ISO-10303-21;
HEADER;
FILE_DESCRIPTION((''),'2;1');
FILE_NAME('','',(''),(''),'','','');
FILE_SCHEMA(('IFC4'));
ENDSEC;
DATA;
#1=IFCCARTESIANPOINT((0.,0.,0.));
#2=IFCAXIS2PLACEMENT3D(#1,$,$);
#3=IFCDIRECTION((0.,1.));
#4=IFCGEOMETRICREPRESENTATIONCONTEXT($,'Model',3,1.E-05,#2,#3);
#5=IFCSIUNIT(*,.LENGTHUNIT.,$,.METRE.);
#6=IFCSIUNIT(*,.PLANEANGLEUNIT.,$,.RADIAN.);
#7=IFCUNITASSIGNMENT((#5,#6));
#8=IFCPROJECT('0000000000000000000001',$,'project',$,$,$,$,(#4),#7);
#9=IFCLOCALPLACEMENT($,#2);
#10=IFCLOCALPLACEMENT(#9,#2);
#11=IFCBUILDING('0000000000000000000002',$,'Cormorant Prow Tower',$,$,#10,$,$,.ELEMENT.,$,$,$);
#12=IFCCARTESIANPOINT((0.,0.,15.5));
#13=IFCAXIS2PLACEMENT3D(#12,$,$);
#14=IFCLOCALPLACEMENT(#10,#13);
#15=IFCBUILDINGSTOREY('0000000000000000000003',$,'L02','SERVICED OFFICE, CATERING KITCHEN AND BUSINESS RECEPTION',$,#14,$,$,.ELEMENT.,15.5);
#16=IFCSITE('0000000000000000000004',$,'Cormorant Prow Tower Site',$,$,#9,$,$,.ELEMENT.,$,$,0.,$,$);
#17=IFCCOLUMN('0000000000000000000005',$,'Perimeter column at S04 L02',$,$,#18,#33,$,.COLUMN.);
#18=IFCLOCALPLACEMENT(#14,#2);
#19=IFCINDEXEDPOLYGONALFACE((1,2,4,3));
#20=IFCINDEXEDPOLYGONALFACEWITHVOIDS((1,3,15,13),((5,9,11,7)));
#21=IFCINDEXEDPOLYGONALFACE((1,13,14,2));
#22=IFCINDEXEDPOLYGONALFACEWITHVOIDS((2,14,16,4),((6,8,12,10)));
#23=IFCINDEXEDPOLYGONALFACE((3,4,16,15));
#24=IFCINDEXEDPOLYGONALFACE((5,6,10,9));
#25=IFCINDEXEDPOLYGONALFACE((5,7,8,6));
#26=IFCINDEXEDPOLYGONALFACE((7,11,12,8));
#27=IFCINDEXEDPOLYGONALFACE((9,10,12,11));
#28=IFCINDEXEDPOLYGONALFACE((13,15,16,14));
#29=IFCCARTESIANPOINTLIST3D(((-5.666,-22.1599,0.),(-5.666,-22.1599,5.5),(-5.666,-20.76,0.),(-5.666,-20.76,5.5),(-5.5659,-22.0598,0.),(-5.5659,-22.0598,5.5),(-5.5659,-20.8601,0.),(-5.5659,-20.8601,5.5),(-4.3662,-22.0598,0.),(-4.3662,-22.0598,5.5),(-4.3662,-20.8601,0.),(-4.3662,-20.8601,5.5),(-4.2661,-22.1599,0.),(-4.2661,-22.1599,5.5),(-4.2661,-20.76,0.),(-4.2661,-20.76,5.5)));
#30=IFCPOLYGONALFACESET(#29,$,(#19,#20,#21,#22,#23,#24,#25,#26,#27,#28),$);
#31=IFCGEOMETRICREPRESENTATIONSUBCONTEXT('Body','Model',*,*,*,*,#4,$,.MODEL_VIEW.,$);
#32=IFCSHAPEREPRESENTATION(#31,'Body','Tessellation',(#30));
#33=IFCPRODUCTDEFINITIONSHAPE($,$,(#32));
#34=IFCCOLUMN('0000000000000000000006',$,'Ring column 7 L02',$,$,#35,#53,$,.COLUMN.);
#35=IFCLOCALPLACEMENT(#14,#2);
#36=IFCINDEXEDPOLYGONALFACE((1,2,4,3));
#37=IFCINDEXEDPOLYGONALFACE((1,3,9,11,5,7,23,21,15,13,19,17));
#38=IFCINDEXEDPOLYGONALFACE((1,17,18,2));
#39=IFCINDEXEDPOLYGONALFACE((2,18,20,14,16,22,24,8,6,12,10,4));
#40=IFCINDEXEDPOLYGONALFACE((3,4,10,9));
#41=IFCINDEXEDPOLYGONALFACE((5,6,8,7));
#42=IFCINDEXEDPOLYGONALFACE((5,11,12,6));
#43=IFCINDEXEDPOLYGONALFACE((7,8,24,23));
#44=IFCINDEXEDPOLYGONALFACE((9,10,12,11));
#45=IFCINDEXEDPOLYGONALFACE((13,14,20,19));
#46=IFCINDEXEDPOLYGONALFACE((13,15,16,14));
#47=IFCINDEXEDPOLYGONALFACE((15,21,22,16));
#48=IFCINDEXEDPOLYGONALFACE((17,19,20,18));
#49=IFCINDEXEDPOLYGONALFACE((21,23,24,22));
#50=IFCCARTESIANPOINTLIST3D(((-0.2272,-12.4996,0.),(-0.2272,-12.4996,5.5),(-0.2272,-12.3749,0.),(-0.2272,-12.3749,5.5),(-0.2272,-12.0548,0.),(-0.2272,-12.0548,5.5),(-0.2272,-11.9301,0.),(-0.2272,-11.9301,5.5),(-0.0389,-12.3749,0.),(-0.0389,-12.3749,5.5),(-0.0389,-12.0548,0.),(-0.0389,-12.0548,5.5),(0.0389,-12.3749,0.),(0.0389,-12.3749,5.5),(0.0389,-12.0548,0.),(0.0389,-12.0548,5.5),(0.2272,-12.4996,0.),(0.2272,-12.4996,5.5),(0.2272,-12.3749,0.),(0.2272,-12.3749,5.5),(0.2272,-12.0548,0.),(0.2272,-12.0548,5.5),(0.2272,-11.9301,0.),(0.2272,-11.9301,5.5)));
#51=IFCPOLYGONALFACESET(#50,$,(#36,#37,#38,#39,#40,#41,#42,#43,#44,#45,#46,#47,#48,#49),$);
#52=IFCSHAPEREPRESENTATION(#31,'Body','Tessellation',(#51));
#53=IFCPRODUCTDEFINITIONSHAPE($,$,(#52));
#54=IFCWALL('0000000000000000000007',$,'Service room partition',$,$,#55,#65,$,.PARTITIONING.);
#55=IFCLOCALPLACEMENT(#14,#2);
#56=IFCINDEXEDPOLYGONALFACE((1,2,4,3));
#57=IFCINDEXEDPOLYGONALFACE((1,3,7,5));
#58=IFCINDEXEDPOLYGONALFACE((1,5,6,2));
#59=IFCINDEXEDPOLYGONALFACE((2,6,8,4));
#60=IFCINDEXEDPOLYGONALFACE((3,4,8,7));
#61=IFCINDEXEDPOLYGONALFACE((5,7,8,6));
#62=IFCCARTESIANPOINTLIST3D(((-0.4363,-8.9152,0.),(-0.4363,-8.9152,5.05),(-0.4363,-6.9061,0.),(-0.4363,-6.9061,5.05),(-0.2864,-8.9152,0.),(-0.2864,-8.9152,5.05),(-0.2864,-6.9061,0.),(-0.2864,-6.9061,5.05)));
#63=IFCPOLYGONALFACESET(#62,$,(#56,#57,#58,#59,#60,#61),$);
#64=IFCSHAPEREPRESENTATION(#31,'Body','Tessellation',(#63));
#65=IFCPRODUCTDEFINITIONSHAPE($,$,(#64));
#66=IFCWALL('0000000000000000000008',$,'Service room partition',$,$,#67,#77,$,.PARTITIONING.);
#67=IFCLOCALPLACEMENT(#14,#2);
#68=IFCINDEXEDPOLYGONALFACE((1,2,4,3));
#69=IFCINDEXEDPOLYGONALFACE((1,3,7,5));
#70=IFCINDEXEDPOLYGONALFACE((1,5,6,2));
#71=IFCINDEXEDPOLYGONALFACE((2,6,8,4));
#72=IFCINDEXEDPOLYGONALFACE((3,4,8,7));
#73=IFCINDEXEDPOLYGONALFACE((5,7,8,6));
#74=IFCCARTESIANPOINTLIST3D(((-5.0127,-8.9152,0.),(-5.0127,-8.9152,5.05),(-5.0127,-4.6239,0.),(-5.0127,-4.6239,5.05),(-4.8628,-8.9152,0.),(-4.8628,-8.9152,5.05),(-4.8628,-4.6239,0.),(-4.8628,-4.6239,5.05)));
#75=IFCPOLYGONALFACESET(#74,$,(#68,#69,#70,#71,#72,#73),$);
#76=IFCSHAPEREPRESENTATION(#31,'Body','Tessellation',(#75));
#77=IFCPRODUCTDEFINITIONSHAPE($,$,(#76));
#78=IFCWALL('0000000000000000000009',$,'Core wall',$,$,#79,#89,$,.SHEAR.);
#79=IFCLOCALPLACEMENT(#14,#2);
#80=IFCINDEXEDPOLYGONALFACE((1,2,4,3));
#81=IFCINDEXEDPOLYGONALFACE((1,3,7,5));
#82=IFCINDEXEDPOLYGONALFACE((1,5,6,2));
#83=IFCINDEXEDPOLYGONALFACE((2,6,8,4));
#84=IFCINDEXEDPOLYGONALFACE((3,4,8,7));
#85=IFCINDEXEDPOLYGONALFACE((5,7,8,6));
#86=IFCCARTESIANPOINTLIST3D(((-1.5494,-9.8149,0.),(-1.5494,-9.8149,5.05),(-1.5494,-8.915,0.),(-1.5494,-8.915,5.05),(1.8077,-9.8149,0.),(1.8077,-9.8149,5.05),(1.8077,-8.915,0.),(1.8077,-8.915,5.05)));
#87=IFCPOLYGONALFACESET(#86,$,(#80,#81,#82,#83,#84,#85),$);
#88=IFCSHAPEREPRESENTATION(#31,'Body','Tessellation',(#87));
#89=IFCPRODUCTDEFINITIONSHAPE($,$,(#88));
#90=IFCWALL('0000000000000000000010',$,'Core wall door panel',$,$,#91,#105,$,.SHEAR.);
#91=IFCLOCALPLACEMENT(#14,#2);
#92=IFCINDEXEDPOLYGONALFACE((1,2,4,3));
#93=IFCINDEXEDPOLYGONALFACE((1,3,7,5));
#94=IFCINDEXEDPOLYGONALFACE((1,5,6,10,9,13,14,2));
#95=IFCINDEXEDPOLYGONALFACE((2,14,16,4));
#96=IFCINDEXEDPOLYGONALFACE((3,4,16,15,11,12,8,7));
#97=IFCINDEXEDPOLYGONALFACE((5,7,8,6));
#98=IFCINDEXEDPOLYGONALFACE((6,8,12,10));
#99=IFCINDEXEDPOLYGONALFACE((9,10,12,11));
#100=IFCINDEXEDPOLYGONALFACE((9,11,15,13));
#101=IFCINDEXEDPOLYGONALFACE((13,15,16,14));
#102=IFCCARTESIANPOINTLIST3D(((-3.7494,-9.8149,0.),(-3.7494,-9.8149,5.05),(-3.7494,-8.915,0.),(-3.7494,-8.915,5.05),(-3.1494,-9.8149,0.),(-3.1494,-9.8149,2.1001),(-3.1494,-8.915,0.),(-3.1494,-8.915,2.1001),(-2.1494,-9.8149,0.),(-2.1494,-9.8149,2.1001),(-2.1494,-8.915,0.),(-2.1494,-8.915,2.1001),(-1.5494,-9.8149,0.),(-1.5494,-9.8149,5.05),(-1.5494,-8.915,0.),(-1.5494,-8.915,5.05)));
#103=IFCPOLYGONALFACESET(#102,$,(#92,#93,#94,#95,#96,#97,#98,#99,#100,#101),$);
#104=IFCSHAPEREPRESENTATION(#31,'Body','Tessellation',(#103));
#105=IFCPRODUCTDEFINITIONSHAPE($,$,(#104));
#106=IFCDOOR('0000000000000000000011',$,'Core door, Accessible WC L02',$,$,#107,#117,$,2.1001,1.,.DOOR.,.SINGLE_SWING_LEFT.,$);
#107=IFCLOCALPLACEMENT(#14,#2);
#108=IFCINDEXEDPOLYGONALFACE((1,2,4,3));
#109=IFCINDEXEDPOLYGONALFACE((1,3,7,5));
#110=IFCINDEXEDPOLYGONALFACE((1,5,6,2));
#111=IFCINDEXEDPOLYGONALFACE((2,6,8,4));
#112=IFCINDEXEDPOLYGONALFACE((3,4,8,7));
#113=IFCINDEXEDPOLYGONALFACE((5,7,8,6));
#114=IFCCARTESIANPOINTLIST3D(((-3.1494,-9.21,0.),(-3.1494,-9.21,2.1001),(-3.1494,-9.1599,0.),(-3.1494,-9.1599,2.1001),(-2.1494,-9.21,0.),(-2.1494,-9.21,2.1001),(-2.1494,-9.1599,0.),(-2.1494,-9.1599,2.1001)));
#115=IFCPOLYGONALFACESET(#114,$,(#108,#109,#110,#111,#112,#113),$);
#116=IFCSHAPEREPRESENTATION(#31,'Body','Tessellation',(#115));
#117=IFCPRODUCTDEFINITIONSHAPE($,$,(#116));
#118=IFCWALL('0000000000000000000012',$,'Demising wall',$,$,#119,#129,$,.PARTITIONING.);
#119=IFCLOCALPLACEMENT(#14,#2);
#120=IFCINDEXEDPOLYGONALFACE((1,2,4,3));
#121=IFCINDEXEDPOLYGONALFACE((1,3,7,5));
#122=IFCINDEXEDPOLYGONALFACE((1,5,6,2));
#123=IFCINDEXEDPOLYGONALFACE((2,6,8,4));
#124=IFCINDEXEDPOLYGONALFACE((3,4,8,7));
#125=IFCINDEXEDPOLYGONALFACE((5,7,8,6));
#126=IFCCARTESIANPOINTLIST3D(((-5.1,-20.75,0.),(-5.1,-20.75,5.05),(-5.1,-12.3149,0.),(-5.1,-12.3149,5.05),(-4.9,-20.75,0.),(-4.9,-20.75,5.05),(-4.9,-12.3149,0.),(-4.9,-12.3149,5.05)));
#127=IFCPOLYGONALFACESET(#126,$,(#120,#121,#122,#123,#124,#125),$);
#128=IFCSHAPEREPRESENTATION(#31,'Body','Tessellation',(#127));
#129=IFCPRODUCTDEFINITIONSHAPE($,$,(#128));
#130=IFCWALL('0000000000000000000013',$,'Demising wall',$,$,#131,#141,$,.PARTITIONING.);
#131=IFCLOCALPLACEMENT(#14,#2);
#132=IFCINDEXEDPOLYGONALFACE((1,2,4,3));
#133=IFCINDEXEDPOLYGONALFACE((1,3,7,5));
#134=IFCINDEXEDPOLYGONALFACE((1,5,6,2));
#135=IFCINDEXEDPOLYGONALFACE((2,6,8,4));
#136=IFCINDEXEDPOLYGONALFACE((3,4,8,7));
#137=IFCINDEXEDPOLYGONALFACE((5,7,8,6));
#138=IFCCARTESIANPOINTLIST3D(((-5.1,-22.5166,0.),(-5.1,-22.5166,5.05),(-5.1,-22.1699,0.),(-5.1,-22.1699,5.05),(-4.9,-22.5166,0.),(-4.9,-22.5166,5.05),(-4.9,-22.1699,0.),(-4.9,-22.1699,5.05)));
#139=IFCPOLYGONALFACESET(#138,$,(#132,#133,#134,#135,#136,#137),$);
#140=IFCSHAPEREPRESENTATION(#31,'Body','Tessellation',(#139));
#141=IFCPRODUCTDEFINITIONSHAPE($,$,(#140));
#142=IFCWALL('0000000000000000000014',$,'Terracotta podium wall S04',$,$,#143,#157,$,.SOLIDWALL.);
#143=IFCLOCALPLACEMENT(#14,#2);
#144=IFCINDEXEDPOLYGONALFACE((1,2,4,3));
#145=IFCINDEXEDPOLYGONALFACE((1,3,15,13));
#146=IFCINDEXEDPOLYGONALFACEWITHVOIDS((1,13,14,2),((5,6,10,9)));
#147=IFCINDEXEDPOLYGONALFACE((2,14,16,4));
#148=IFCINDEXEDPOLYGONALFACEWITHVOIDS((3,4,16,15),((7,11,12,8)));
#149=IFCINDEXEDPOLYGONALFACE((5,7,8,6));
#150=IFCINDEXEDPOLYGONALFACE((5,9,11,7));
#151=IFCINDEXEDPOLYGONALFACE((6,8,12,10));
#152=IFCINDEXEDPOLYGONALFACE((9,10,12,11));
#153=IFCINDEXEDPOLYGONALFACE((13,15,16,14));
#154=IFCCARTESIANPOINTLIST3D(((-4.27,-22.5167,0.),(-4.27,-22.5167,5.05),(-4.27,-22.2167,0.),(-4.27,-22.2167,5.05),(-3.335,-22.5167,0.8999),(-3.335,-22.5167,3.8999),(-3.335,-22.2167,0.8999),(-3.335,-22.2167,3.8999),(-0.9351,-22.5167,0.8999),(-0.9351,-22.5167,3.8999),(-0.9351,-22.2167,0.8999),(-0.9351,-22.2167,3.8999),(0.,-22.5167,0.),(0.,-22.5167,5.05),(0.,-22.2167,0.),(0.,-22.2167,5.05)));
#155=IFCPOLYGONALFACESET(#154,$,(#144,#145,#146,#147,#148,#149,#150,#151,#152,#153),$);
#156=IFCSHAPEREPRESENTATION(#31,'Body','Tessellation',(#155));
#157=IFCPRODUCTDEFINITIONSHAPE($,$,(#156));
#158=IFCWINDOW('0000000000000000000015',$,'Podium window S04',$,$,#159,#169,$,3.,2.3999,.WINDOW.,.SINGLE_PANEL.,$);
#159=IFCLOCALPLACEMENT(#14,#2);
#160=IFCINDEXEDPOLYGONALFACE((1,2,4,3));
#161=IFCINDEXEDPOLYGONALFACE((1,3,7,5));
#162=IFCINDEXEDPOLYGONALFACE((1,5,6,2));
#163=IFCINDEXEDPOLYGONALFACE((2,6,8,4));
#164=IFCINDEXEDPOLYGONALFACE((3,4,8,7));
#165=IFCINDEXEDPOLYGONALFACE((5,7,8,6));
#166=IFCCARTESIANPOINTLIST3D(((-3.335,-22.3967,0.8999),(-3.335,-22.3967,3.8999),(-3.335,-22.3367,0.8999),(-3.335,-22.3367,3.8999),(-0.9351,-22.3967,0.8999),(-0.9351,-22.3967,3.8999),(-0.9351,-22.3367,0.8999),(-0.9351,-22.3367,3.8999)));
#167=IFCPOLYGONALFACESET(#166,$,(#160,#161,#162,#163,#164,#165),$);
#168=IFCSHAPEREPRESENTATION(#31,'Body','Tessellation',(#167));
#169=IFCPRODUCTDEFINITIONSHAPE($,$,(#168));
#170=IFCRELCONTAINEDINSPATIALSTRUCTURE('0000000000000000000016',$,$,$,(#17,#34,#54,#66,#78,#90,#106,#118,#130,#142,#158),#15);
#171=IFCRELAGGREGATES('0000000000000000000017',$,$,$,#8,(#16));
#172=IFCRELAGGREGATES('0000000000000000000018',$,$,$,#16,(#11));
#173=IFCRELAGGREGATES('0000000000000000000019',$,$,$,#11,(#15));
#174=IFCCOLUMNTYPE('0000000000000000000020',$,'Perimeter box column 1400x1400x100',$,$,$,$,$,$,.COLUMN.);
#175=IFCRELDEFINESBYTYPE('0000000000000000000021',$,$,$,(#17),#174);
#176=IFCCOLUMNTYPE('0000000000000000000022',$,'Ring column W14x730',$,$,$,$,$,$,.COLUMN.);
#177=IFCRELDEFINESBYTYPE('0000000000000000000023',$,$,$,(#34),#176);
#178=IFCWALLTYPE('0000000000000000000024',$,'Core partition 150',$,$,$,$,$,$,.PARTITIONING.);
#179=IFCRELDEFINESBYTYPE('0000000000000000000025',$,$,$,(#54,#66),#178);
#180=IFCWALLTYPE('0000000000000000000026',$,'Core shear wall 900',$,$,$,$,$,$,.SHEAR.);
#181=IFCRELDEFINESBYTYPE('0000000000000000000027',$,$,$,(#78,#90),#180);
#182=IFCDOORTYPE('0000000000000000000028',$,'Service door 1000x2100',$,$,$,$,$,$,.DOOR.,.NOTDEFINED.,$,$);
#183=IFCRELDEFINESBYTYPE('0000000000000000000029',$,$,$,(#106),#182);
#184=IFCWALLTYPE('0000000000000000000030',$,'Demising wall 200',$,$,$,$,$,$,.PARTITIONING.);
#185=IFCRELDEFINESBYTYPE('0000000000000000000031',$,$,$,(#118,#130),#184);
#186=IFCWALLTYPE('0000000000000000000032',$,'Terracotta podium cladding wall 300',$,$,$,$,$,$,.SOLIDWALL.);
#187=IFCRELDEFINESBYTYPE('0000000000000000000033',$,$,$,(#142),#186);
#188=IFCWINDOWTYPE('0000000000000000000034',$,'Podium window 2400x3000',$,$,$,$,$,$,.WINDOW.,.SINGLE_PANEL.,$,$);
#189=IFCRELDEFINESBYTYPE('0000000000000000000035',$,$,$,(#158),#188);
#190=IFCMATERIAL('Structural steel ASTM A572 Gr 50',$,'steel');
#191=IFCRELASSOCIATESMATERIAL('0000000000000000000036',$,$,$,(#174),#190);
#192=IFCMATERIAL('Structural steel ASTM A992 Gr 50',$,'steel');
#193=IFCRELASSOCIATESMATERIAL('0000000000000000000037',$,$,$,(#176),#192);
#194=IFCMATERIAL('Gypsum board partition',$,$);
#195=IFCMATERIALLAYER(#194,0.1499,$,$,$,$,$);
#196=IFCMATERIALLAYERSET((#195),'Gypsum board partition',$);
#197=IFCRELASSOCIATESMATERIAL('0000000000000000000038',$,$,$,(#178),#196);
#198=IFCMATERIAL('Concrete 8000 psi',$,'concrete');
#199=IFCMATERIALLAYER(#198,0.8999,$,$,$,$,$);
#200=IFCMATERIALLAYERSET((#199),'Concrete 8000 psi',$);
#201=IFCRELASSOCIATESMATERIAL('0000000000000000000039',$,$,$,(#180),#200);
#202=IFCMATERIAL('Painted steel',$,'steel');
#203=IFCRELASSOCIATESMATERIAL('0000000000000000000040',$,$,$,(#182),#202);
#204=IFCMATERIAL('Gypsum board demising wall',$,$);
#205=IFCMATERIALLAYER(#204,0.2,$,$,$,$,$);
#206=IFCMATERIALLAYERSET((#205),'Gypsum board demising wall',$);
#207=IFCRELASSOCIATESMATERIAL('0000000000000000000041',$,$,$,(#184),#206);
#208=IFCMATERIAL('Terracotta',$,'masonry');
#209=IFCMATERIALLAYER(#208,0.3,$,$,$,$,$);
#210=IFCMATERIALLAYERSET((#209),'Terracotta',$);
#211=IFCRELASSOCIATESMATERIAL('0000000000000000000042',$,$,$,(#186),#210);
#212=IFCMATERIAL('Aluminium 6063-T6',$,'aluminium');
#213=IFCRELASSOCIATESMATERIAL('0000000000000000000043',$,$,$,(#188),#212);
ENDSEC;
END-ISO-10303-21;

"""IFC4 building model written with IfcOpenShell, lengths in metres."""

from ifc_helpers import new_model, si_unit, direction, frame, frame_2d, origin, origin_2d, place, context, subcontext, project, spatial, rectangle, hollow_rectangle, i_section, extrude, material, layer, layer_set, material_profile, profile_set, type_object, element, fill, save


model = new_model("IFC4")

# Units and contexts
model_context = context("Model", 3, precision=1e-05, world=origin(), true_north=direction((0.0, 1.0)))
body_context = subcontext(model_context, "Body", "Model", "MODEL_VIEW")
ifc_project = project(units=[si_unit("LENGTHUNIT", "METRE"), si_unit("PLANEANGLEUNIT", "RADIAN")], contexts=[model_context])

# Site, building, storey
site_placement = place(None, origin())
site = spatial("IfcSite", under=ifc_project, at=site_placement, Name="Cormorant Prow Tower Site", CompositionType="ELEMENT", RefElevation=0.0)
building_placement = place(site_placement, origin())
building = spatial("IfcBuilding", under=site, at=building_placement, Name="Cormorant Prow Tower", CompositionType="ELEMENT")
storey_placement = place(building_placement, frame((0.0, 0.0, 15.5)))
storey = spatial("IfcBuildingStorey", under=building, at=storey_placement, Name="L02", Description="SERVICED OFFICE, CATERING KITCHEN AND BUSINESS RECEPTION", CompositionType="ELEMENT", Elevation=15.5)

# Columns
ifc_material_1 = material(Name="Structural steel ASTM A572 Gr 50", Category="steel")
ifc_material_profile_1 = material_profile(ifc_material_1, hollow_rectangle(XDim=1.3999, YDim=1.3999, WallThickness=0.1001, at=origin_2d()), Name="Box 1400x1400x100")
ifc_profile_set_1 = profile_set([ifc_material_profile_1], Name="Structural steel ASTM A572 Gr 50")
column_type_1 = type_object("IfcColumnType", Name="Perimeter box column 1400x1400x100", PredefinedType="COLUMN", material=ifc_profile_set_1)
column_1_placement = place(storey_placement, frame((-4.9661, -21.46, 0.0), z_axis=(0.0, 0.0, 1.0), x_axis=(1.0, 0.0, 0.0)))
element("IfcColumn", 1, at=column_1_placement, inside=storey, type_object=column_type_1, Name="Perimeter column at S04 L02", PredefinedType="COLUMN", context=body_context, shape_type="SweptSolid", body=[
    extrude(hollow_rectangle(XDim=1.3999, YDim=1.3999, WallThickness=0.1001, at=origin_2d()), origin(), (0.0, 0.0, 1.0), 5.5),
])
ifc_material_2 = material(Name="Structural steel ASTM A992 Gr 50", Category="steel")
ifc_material_profile_2 = material_profile(ifc_material_2, i_section(OverallWidth=0.4543, OverallDepth=0.5696, WebThickness=0.0779, FlangeThickness=0.1248, at=origin_2d()), Name="W14x730")
ifc_profile_set_2 = profile_set([ifc_material_profile_2], Name="Structural steel ASTM A992 Gr 50")
column_type_2 = type_object("IfcColumnType", Name="Ring column W14x730", PredefinedType="COLUMN", material=ifc_profile_set_2)
column_2_placement = place(storey_placement, frame((0.0, -12.2148, 0.0), z_axis=(0.0, 0.0, 1.0), x_axis=(1.0, 0.0, 0.0)))
element("IfcColumn", 2, at=column_2_placement, inside=storey, type_object=column_type_2, Name="Ring column 7 L02", PredefinedType="COLUMN", context=body_context, shape_type="SweptSolid", body=[
    extrude(i_section(OverallWidth=0.4543, OverallDepth=0.5696, WebThickness=0.0779, FlangeThickness=0.1248, at=origin_2d()), origin(), (0.0, 0.0, 1.0), 5.5),
])

# Walls
ifc_material_3 = material(Name="Gypsum board partition")
ifc_layer_1 = layer(ifc_material_3, 0.1499)
ifc_layer_set_1 = layer_set([ifc_layer_1], Name="Gypsum board partition")
wall_type_1 = type_object("IfcWallType", Name="Core partition 150", PredefinedType="PARTITIONING", material=ifc_layer_set_1)
wall_1_placement = place(storey_placement, frame((-0.3613, -8.915, 0.0), z_axis=(0.0, 0.0, 1.0), x_axis=(0.0, 1.0, 0.0)))
element("IfcWall", 3, at=wall_1_placement, inside=storey, type_object=wall_type_1, Name="Service room partition", PredefinedType="PARTITIONING", context=body_context, shape_type="SweptSolid", body=[
    extrude(rectangle(XDim=2.009, YDim=0.1499, at=frame_2d((1.0044, 0.0))), origin(), (0.0, 0.0, 1.0), 5.05),
])
wall_2_placement = place(storey_placement, frame((-4.9377, -8.915, 0.0), z_axis=(0.0, 0.0, 1.0), x_axis=(0.0, 1.0, 0.0)))
element("IfcWall", 4, at=wall_2_placement, inside=storey, type_object=wall_type_1, Name="Service room partition", PredefinedType="PARTITIONING", context=body_context, shape_type="SweptSolid", body=[
    extrude(rectangle(XDim=4.2913, YDim=0.1499, at=frame_2d((2.1455, 0.0))), origin(), (0.0, 0.0, 1.0), 5.05),
])
ifc_material_4 = material(Name="Concrete 8000 psi", Category="concrete")
ifc_layer_2 = layer(ifc_material_4, 0.8999)
ifc_layer_set_2 = layer_set([ifc_layer_2], Name="Concrete 8000 psi")
wall_type_2 = type_object("IfcWallType", Name="Core shear wall 900", PredefinedType="SHEAR", material=ifc_layer_set_2)
wall_3_placement = place(storey_placement, frame((-1.5496, -9.365, 0.0), z_axis=(0.0, 0.0, 1.0), x_axis=(1.0, 0.0, 0.0)))
element("IfcWall", 5, at=wall_3_placement, inside=storey, type_object=wall_type_2, Name="Core wall", PredefinedType="SHEAR", context=body_context, shape_type="SweptSolid", body=[
    extrude(rectangle(XDim=3.3572, YDim=0.8999, at=frame_2d((1.6787, 0.0))), origin(), (0.0, 0.0, 1.0), 5.05),
])

# Wall, opening, door
wall_4_placement = place(storey_placement, frame((-3.7495, -9.365, 0.0), z_axis=(0.0, 0.0, 1.0), x_axis=(1.0, 0.0, 0.0)))
wall_4 = element("IfcWall", 6, at=wall_4_placement, inside=storey, type_object=wall_type_2, Name="Core wall door panel", PredefinedType="SHEAR", context=body_context, shape_type="SweptSolid", body=[
    extrude(rectangle(XDim=2.2, YDim=0.8999, at=frame_2d((1.1001, 0.0))), origin(), (0.0, 0.0, 1.0), 5.05),
])
opening_1_placement = place(wall_4_placement, frame((0.6001, 0.0, 0.0)))
opening_1 = element("IfcOpeningElement", 7, at=opening_1_placement, cuts=wall_4, PredefinedType="OPENING", context=body_context, shape_type="SweptSolid", body=[
    extrude(rectangle(XDim=1.0, YDim=2.1001, at=frame_2d((0.5, 1.05))), frame((0.0, 0.46, 0.0), z_axis=(0.0, -1.0, 0.0), x_axis=(1.0, 0.0, 0.0)), (0.0, 0.0, 1.0), 0.9199),
])
ifc_material_5 = material(Name="Painted steel", Category="steel")
door_type = type_object("IfcDoorType", Name="Service door 1000x2100", OperationType="NOTDEFINED", PredefinedType="DOOR", material=ifc_material_5)
door_placement = place(opening_1_placement, origin())
door = element("IfcDoor", 8, at=door_placement, inside=storey, type_object=door_type, Name="Core door, Accessible WC L02", OperationType="SINGLE_SWING_LEFT", OverallHeight=2.1001, OverallWidth=1.0, PredefinedType="DOOR", context=body_context, shape_type="SweptSolid", body=[
    extrude(rectangle(XDim=1.0, YDim=2.1001, at=frame_2d((0.5, 1.05))), frame((0.0, 0.2051, 0.0), z_axis=(0.0, -1.0, 0.0), x_axis=(1.0, 0.0, 0.0)), (0.0, 0.0, 1.0), 0.05),
])
fill(opening_1, door)

# Walls
ifc_material_6 = material(Name="Gypsum board demising wall")
ifc_layer_3 = layer(ifc_material_6, 0.2)
ifc_layer_set_3 = layer_set([ifc_layer_3], Name="Gypsum board demising wall")
wall_type_3 = type_object("IfcWallType", Name="Demising wall 200", PredefinedType="PARTITIONING", material=ifc_layer_set_3)
wall_5_placement = place(storey_placement, frame((-5.0, -20.75, 0.0), z_axis=(0.0, 0.0, 1.0), x_axis=(0.0, 1.0, 0.0)))
element("IfcWall", 9, at=wall_5_placement, inside=storey, type_object=wall_type_3, Name="Demising wall", PredefinedType="PARTITIONING", context=body_context, shape_type="SweptSolid", body=[
    extrude(rectangle(XDim=8.4351, YDim=0.2, at=frame_2d((4.2175, 0.0))), origin(), (0.0, 0.0, 1.0), 5.05),
])
wall_6_placement = place(storey_placement, frame((-5.0, -22.5166, 0.0), z_axis=(0.0, 0.0, 1.0), x_axis=(0.0, 1.0, 0.0)))
element("IfcWall", 10, at=wall_6_placement, inside=storey, type_object=wall_type_3, Name="Demising wall", PredefinedType="PARTITIONING", context=body_context, shape_type="SweptSolid", body=[
    extrude(rectangle(XDim=0.3467, YDim=0.2, at=frame_2d((0.1733, 0.0))), origin(), (0.0, 0.0, 1.0), 5.05),
])

# Wall, opening, window
ifc_material_7 = material(Name="Terracotta", Category="masonry")
ifc_layer_4 = layer(ifc_material_7, 0.3)
ifc_layer_set_4 = layer_set([ifc_layer_4], Name="Terracotta")
wall_type_4 = type_object("IfcWallType", Name="Terracotta podium cladding wall 300", PredefinedType="SOLIDWALL", material=ifc_layer_set_4)
wall_7_placement = place(storey_placement, frame((-4.27, -22.3667, 0.0), z_axis=(0.0, 0.0, 1.0), x_axis=(1.0, 0.0, 0.0)))
wall_7 = element("IfcWall", 11, at=wall_7_placement, inside=storey, type_object=wall_type_4, Name="Terracotta podium wall S04", PredefinedType="SOLIDWALL", context=body_context, shape_type="SweptSolid", body=[
    extrude(rectangle(XDim=4.27, YDim=0.3, at=frame_2d((2.135, 0.0))), origin(), (0.0, 0.0, 1.0), 5.05),
])
opening_2_placement = place(wall_7_placement, frame((0.9351, 0.0, 0.8999)))
opening_2 = element("IfcOpeningElement", 12, at=opening_2_placement, cuts=wall_7, PredefinedType="OPENING", context=body_context, shape_type="SweptSolid", body=[
    extrude(rectangle(XDim=2.3999, YDim=3.0, at=frame_2d((1.2, 1.5))), frame((0.0, 0.1599, 0.0), z_axis=(0.0, -1.0, 0.0), x_axis=(1.0, 0.0, 0.0)), (0.0, 0.0, 1.0), 0.3201),
])
ifc_material_8 = material(Name="Aluminium 6063-T6", Category="aluminium")
window_type = type_object("IfcWindowType", Name="Podium window 2400x3000", PartitioningType="SINGLE_PANEL", PredefinedType="WINDOW", material=ifc_material_8)
window_1_placement = place(opening_2_placement, origin())
window_1 = element("IfcWindow", 13, at=window_1_placement, inside=storey, type_object=window_type, Name="Podium window S04", OverallHeight=3.0, OverallWidth=2.3999, PartitioningType="SINGLE_PANEL", PredefinedType="WINDOW", context=body_context, shape_type="SweptSolid", body=[
    extrude(rectangle(XDim=2.3999, YDim=3.0, at=frame_2d((1.2, 1.5))), frame((0.0, 0.03, 0.0), z_axis=(0.0, -1.0, 0.0), x_axis=(1.0, 0.0, 0.0)), (0.0, 0.0, 1.0), 0.0601),
])
fill(opening_2, window_1)

save(model, "model.ifc")
